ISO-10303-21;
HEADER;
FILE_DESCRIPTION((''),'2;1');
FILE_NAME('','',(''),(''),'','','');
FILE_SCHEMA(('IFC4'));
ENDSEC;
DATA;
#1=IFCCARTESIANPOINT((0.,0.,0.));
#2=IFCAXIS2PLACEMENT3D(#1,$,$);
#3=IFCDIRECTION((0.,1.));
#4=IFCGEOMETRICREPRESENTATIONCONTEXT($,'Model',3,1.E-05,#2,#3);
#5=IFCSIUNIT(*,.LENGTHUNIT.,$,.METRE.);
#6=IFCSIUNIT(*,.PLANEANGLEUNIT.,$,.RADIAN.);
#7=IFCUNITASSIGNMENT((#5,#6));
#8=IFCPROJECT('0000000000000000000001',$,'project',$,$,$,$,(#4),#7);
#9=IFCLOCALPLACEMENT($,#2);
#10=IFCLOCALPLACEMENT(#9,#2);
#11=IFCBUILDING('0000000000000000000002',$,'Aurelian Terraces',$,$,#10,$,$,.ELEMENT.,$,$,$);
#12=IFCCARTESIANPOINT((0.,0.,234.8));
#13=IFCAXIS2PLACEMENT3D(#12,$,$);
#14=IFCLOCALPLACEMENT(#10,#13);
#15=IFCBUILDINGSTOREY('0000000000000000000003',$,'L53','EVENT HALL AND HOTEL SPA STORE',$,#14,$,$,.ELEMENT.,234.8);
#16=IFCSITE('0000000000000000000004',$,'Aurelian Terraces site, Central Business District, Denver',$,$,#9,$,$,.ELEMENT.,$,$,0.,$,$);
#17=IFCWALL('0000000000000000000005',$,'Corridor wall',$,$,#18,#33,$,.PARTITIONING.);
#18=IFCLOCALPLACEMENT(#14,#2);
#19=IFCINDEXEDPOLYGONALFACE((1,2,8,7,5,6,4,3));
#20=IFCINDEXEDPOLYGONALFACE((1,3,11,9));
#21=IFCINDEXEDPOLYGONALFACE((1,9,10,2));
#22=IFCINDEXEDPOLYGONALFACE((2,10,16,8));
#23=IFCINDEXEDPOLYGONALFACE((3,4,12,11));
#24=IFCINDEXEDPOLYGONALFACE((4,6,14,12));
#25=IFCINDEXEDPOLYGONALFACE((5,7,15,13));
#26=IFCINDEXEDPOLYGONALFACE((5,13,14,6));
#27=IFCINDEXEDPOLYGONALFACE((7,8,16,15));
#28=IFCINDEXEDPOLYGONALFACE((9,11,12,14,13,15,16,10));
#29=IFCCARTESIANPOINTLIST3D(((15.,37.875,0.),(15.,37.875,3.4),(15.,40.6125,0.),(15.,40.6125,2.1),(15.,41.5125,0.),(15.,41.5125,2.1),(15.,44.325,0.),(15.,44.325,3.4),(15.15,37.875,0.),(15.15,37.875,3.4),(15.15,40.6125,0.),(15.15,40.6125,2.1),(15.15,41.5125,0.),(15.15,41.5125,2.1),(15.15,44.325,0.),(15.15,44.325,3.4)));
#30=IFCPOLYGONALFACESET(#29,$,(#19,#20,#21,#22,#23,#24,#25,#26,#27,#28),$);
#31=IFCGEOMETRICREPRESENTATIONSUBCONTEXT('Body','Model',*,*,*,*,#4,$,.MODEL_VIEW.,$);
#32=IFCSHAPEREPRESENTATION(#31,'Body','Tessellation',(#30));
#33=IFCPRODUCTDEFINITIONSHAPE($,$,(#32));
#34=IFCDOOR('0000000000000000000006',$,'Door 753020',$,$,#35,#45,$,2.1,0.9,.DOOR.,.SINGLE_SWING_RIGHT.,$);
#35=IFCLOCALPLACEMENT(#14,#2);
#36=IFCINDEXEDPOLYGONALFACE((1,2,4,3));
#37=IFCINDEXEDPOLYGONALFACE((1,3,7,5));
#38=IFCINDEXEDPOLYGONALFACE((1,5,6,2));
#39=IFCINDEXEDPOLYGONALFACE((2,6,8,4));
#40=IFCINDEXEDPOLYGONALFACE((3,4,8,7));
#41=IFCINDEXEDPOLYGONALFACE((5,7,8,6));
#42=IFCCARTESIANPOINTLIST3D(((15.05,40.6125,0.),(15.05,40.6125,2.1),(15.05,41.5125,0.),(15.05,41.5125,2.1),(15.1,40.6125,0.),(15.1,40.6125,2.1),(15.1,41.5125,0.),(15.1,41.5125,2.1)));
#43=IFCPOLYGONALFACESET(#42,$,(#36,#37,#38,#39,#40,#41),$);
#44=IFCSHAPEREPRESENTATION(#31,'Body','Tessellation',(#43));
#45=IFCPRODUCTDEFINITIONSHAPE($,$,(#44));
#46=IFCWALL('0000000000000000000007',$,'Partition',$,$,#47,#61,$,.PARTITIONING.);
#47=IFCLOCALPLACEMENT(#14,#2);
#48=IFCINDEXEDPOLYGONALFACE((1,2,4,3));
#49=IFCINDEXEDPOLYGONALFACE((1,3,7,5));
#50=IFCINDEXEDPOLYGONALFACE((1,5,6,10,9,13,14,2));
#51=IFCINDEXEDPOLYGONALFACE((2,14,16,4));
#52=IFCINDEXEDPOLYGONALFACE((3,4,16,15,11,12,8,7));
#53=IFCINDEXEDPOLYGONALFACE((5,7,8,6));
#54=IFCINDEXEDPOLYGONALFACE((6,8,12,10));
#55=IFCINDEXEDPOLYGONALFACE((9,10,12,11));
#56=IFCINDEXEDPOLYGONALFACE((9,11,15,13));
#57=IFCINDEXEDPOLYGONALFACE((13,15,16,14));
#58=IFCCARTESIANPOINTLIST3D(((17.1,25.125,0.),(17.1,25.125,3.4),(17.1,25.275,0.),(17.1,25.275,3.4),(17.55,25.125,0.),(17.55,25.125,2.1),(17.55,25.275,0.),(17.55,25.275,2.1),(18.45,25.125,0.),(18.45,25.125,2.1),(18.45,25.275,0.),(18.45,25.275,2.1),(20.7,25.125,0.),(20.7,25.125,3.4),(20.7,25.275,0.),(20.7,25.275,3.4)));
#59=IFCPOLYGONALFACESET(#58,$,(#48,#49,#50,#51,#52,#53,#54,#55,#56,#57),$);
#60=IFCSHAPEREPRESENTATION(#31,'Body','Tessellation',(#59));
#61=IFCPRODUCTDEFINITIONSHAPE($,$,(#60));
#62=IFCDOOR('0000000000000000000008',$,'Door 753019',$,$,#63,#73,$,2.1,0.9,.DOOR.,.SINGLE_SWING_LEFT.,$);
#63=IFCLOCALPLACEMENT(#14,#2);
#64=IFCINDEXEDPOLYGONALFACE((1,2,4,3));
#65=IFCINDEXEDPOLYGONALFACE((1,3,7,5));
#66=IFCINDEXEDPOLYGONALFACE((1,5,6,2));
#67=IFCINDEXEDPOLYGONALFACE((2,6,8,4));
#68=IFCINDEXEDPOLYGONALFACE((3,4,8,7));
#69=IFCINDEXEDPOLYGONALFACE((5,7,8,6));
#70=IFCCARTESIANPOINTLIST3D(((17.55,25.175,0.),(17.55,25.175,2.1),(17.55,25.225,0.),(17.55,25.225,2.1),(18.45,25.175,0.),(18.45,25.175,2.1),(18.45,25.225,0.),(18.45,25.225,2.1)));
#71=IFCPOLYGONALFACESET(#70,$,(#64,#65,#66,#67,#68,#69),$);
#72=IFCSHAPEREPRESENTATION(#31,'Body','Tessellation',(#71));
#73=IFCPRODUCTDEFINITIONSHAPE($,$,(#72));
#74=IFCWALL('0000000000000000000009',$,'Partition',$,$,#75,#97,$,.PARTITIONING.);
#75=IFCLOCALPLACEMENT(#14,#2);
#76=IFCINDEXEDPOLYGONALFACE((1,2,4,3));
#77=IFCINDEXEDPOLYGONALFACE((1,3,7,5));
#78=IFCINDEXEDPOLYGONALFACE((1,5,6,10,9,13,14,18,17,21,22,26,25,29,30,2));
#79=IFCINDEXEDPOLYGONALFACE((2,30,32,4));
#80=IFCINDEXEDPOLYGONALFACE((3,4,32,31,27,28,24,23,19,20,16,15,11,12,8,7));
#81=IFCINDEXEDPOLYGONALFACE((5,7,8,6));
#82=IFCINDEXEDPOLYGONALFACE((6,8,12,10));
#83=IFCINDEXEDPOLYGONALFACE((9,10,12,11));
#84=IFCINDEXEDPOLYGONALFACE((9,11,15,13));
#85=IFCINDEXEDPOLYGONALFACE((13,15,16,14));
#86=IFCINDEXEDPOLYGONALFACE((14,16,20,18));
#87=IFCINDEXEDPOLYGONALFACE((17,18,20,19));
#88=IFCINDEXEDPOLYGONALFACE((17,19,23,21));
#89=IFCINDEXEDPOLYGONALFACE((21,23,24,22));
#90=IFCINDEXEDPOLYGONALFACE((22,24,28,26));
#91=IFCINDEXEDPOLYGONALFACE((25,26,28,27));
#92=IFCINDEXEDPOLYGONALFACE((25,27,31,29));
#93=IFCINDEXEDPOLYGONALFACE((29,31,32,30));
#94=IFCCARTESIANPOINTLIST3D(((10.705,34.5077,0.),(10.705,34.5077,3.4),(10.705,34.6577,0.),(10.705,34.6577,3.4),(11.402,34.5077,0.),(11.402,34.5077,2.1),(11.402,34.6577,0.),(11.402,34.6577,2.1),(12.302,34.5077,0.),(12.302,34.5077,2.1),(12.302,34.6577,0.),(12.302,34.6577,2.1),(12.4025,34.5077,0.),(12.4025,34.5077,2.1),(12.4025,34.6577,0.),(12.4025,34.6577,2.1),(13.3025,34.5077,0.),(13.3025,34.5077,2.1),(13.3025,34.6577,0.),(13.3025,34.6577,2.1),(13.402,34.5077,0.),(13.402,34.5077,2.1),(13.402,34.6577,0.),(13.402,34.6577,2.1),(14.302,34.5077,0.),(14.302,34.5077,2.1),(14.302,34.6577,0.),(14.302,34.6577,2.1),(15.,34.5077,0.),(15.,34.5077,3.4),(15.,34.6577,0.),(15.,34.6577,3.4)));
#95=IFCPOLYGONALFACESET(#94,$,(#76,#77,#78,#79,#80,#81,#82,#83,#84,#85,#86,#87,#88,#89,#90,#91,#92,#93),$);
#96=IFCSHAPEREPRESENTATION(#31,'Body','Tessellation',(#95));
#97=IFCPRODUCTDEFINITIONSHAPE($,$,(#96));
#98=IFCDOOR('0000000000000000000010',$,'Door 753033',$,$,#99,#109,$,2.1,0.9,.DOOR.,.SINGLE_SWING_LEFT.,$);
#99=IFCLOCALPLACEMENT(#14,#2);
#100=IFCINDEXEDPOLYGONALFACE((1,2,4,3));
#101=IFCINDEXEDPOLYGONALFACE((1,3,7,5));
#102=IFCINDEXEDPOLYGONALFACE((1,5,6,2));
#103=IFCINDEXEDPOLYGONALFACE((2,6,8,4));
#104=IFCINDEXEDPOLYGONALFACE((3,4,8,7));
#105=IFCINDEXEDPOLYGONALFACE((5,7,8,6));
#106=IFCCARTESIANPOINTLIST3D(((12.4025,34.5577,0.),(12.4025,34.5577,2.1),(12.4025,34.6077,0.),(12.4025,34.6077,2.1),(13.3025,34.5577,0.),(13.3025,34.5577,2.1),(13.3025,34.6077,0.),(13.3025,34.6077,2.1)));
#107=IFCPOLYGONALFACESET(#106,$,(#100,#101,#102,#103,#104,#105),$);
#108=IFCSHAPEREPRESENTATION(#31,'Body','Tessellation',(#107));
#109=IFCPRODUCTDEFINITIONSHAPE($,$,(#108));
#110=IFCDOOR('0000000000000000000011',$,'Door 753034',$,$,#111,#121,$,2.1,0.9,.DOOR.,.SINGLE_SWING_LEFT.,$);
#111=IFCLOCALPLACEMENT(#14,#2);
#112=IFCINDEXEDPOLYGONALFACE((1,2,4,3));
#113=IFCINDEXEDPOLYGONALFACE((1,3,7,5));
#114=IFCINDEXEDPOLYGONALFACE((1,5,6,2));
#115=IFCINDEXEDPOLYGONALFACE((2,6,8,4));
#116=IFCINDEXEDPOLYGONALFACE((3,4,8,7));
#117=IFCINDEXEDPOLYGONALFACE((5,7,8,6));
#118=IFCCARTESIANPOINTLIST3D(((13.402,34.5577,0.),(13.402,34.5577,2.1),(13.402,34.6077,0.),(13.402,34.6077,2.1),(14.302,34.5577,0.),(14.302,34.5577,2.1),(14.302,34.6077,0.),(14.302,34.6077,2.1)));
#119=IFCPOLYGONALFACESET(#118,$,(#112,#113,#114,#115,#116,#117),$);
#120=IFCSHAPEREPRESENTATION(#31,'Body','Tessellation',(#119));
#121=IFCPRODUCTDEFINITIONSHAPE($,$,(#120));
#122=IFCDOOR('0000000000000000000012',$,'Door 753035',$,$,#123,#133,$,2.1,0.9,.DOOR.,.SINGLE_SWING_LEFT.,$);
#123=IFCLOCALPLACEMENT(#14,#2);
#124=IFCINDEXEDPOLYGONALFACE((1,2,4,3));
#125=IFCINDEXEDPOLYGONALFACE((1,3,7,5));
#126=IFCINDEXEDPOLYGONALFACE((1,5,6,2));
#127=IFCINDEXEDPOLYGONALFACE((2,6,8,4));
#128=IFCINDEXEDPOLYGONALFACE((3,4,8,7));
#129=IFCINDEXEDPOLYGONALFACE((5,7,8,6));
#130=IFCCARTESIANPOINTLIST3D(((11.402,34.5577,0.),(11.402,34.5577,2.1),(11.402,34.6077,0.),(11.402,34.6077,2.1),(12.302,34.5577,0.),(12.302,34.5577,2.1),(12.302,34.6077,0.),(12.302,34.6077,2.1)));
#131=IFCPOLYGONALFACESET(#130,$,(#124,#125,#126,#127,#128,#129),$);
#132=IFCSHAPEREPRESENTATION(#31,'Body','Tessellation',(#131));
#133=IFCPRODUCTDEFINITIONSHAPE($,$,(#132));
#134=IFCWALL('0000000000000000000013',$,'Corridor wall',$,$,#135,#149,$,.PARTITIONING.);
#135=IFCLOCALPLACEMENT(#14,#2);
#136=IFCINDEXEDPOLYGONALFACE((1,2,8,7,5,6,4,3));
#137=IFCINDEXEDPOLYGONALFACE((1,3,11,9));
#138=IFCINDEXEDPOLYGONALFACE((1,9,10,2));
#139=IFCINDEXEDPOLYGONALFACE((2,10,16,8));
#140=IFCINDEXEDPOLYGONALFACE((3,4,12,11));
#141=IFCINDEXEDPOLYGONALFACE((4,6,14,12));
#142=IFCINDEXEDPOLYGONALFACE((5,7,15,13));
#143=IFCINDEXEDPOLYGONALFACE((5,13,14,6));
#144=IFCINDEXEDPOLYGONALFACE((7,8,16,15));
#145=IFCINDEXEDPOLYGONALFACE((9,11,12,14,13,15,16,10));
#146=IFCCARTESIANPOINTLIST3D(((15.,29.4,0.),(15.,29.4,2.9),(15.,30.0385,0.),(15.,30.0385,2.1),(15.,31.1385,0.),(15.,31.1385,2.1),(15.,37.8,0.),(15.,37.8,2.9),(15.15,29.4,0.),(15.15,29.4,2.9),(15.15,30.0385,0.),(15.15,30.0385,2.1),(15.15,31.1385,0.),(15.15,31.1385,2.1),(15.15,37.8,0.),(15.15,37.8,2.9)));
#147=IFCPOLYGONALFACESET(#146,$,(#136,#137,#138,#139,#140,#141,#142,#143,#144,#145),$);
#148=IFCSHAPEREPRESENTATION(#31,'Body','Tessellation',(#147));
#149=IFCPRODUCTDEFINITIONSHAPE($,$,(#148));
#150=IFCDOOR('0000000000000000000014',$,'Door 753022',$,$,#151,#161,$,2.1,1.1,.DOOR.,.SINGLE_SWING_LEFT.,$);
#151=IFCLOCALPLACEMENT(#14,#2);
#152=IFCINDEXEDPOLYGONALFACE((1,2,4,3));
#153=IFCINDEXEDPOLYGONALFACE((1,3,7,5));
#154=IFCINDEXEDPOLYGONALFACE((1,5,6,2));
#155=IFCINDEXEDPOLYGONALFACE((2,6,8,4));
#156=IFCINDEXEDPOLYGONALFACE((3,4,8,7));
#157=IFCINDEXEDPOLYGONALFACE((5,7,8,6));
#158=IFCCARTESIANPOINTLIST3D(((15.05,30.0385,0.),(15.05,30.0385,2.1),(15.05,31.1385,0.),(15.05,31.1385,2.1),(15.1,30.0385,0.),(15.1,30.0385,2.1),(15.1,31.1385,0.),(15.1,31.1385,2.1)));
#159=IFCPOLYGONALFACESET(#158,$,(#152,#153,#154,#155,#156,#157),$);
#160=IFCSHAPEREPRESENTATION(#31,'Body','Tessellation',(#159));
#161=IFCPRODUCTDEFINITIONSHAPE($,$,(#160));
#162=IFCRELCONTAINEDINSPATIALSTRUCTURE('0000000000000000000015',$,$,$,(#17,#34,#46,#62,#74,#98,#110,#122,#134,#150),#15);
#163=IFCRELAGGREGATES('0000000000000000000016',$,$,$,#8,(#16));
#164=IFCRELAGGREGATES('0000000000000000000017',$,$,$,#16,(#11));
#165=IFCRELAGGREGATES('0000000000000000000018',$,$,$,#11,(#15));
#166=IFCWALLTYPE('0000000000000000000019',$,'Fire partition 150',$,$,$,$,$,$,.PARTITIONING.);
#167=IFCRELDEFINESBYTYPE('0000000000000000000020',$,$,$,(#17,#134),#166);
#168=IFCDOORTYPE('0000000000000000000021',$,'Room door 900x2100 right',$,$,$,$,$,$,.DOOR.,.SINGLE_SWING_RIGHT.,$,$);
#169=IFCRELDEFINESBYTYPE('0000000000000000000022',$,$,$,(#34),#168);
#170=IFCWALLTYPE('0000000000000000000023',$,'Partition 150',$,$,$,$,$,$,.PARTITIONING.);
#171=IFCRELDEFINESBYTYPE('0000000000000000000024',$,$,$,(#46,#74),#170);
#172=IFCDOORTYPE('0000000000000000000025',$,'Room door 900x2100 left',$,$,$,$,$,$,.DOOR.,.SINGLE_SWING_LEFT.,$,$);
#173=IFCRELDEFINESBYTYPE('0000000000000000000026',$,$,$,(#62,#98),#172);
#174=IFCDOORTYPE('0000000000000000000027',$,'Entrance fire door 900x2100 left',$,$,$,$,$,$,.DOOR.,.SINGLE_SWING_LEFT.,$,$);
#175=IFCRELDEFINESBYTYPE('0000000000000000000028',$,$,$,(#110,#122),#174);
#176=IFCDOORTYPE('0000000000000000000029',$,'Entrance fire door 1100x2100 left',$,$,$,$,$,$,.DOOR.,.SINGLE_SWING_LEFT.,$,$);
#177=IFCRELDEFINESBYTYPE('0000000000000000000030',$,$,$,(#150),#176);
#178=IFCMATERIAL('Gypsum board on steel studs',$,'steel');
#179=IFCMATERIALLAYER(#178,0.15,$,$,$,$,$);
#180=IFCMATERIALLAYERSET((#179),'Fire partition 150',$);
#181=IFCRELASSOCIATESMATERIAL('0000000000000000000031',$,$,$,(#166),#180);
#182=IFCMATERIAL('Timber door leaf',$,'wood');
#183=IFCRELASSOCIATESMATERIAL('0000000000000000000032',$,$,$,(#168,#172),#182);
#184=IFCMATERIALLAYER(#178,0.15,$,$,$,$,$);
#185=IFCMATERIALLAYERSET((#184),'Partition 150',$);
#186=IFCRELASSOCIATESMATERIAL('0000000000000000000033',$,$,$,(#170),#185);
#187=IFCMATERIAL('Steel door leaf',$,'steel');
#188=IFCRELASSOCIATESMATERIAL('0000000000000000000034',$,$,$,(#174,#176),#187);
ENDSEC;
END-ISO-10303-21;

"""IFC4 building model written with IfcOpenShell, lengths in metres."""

from ifc_helpers import new_model, si_unit, direction, frame, frame_2d, origin, place, context, subcontext, project, spatial, rectangle, extrude, source, transform, mapped, material, layer, layer_set, type_object, element, fill, save


model = new_model("IFC4")

# Units and contexts
model_context = context("Model", 3, precision=1e-05, world=origin(), true_north=direction((0.0, 1.0)))
body_context = subcontext(model_context, "Body", "Model", "MODEL_VIEW")
ifc_project = project(units=[si_unit("LENGTHUNIT", "METRE"), si_unit("PLANEANGLEUNIT", "RADIAN")], contexts=[model_context])

# Site, building, storey
site_placement = place(None, origin())
site = spatial("IfcSite", under=ifc_project, at=site_placement, Name="Aurelian Terraces site, Central Business District, Denver", CompositionType="ELEMENT", RefElevation=0.0)
building_placement = place(site_placement, origin())
building = spatial("IfcBuilding", under=site, at=building_placement, Name="Aurelian Terraces", CompositionType="ELEMENT")
storey_placement = place(building_placement, frame((0.0, 0.0, 234.8)))
storey = spatial("IfcBuildingStorey", under=building, at=storey_placement, Name="L53", Description="EVENT HALL AND HOTEL SPA STORE", CompositionType="ELEMENT", Elevation=234.8)

# Walls, openings, doors
ifc_material_1 = material(Name="Gypsum board on steel studs", Category="steel")
ifc_layer_1 = layer(ifc_material_1, 0.15)
ifc_layer_set_1 = layer_set([ifc_layer_1], Name="Fire partition 150")
wall_type_1 = type_object("IfcWallType", Name="Fire partition 150", PredefinedType="PARTITIONING", material=ifc_layer_set_1)
shared_shape_1 = source(origin(), body_context, "Body", "SweptSolid", [
    extrude(rectangle(XDim=6.45, YDim=0.15, at=frame_2d((3.225, 0.0))), origin(), (0.0, 0.0, 1.0), 3.4),
])
wall_1_placement = place(storey_placement, frame((15.075, 37.875, 0.0), z_axis=(0.0, 0.0, 1.0), x_axis=(0.0, 1.0, 0.0)))
wall_1 = element("IfcWall", 1, at=wall_1_placement, inside=storey, type_object=wall_type_1, Name="Corridor wall", PredefinedType="PARTITIONING", context=body_context, shape_type="MappedRepresentation", body=[
    mapped(shared_shape_1, transform((0.0, 0.0, 0.0), scale=1.0)),
])
shared_shape_2 = source(origin(), body_context, "Body", "SweptSolid", [
    extrude(rectangle(XDim=0.9, YDim=2.1, at=frame_2d((0.45, 1.05))), frame((0.0, 0.085, 0.0), z_axis=(0.0, -1.0, 0.0), x_axis=(1.0, 0.0, 0.0)), (0.0, 0.0, 1.0), 0.17),
])
opening_1_placement = place(wall_1_placement, frame((2.7375, 0.0, 0.0)))
opening_1 = element("IfcOpeningElement", 2, at=opening_1_placement, cuts=wall_1, PredefinedType="OPENING", context=body_context, shape_type="MappedRepresentation", body=[
    mapped(shared_shape_2, transform((0.0, 0.0, 0.0), scale=1.0)),
])
ifc_material_2 = material(Name="Timber door leaf", Category="wood")
door_type_1 = type_object("IfcDoorType", Name="Room door 900x2100 right", OperationType="SINGLE_SWING_RIGHT", PredefinedType="DOOR", material=ifc_material_2)
shared_shape_3 = source(origin(), body_context, "Body", "SweptSolid", [
    extrude(rectangle(XDim=0.9, YDim=2.1, at=frame_2d((0.45, 1.05))), frame((0.0, 0.025, 0.0), z_axis=(0.0, -1.0, 0.0), x_axis=(1.0, 0.0, 0.0)), (0.0, 0.0, 1.0), 0.05),
])
door_1_placement = place(opening_1_placement, origin())
door_1 = element("IfcDoor", 3, at=door_1_placement, inside=storey, type_object=door_type_1, Name="Door 753020", OperationType="SINGLE_SWING_RIGHT", OverallHeight=2.1, OverallWidth=0.9, PredefinedType="DOOR", context=body_context, shape_type="MappedRepresentation", body=[
    mapped(shared_shape_3, transform((0.0, 0.0, 0.0), scale=1.0)),
])
fill(opening_1, door_1)
ifc_layer_2 = layer(ifc_material_1, 0.15)
ifc_layer_set_2 = layer_set([ifc_layer_2], Name="Partition 150")
wall_type_2 = type_object("IfcWallType", Name="Partition 150", PredefinedType="PARTITIONING", material=ifc_layer_set_2)
shared_shape_4 = source(origin(), body_context, "Body", "SweptSolid", [
    extrude(rectangle(XDim=3.6, YDim=0.15, at=frame_2d((1.8, 0.0))), origin(), (0.0, 0.0, 1.0), 3.4),
])
wall_2_placement = place(storey_placement, frame((17.1, 25.2, 0.0), z_axis=(0.0, 0.0, 1.0), x_axis=(1.0, 0.0, 0.0)))
wall_2 = element("IfcWall", 4, at=wall_2_placement, inside=storey, type_object=wall_type_2, Name="Partition", PredefinedType="PARTITIONING", context=body_context, shape_type="MappedRepresentation", body=[
    mapped(shared_shape_4, transform((0.0, 0.0, 0.0), scale=1.0)),
])
opening_2_placement = place(wall_2_placement, frame((0.45, 0.0, 0.0)))
opening_2 = element("IfcOpeningElement", 5, at=opening_2_placement, cuts=wall_2, PredefinedType="OPENING", context=body_context, shape_type="MappedRepresentation", body=[
    mapped(shared_shape_2, transform((0.0, 0.0, 0.0), scale=1.0)),
])
door_type_2 = type_object("IfcDoorType", Name="Room door 900x2100 left", OperationType="SINGLE_SWING_LEFT", PredefinedType="DOOR", material=ifc_material_2)
door_2_placement = place(opening_2_placement, origin())
door_2 = element("IfcDoor", 6, at=door_2_placement, inside=storey, type_object=door_type_2, Name="Door 753019", OperationType="SINGLE_SWING_LEFT", OverallHeight=2.1, OverallWidth=0.9, PredefinedType="DOOR", context=body_context, shape_type="MappedRepresentation", body=[
    mapped(shared_shape_3, transform((0.0, 0.0, 0.0), scale=1.0)),
])
fill(opening_2, door_2)

# Wall, openings, doors
shared_shape_5 = source(origin(), body_context, "Body", "SweptSolid", [
    extrude(rectangle(XDim=4.295, YDim=0.15, at=frame_2d((2.1475, 0.0))), origin(), (0.0, 0.0, 1.0), 3.4),
])
wall_3_placement = place(storey_placement, frame((15.0, 34.5827, 0.0), z_axis=(0.0, 0.0, 1.0), x_axis=(-1.0, 0.0, 0.0)))
wall_3 = element("IfcWall", 7, at=wall_3_placement, inside=storey, type_object=wall_type_2, Name="Partition", PredefinedType="PARTITIONING", context=body_context, shape_type="MappedRepresentation", body=[
    mapped(shared_shape_5, transform((0.0, 0.0, 0.0), scale=1.0)),
])
opening_3_placement = place(wall_3_placement, frame((1.6975, 0.0, 0.0)))
opening_3 = element("IfcOpeningElement", 8, at=opening_3_placement, cuts=wall_3, PredefinedType="OPENING", context=body_context, shape_type="MappedRepresentation", body=[
    mapped(shared_shape_2, transform((0.0, 0.0, 0.0), scale=1.0)),
])
opening_4_placement = place(wall_3_placement, frame((0.698, 0.0, 0.0)))
opening_4 = element("IfcOpeningElement", 9, at=opening_4_placement, cuts=wall_3, PredefinedType="OPENING", context=body_context, shape_type="MappedRepresentation", body=[
    mapped(shared_shape_2, transform((0.0, 0.0, 0.0), scale=1.0)),
])
opening_5_placement = place(wall_3_placement, frame((2.698, 0.0, 0.0)))
opening_5 = element("IfcOpeningElement", 10, at=opening_5_placement, cuts=wall_3, PredefinedType="OPENING", context=body_context, shape_type="MappedRepresentation", body=[
    mapped(shared_shape_2, transform((0.0, 0.0, 0.0), scale=1.0)),
])
door_3_placement = place(opening_3_placement, origin())
door_3 = element("IfcDoor", 11, at=door_3_placement, inside=storey, type_object=door_type_2, Name="Door 753033", OperationType="SINGLE_SWING_LEFT", OverallHeight=2.1, OverallWidth=0.9, PredefinedType="DOOR", context=body_context, shape_type="MappedRepresentation", body=[
    mapped(shared_shape_3, transform((0.0, 0.0, 0.0), scale=1.0)),
])
fill(opening_3, door_3)
ifc_material_3 = material(Name="Steel door leaf", Category="steel")
door_type_3 = type_object("IfcDoorType", Name="Entrance fire door 900x2100 left", OperationType="SINGLE_SWING_LEFT", PredefinedType="DOOR", material=ifc_material_3)
door_4_placement = place(opening_4_placement, origin())
door_4 = element("IfcDoor", 12, at=door_4_placement, inside=storey, type_object=door_type_3, Name="Door 753034", OperationType="SINGLE_SWING_LEFT", OverallHeight=2.1, OverallWidth=0.9, PredefinedType="DOOR", context=body_context, shape_type="MappedRepresentation", body=[
    mapped(shared_shape_3, transform((0.0, 0.0, 0.0), scale=1.0)),
])
fill(opening_4, door_4)
door_5_placement = place(opening_5_placement, origin())
door_5 = element("IfcDoor", 13, at=door_5_placement, inside=storey, type_object=door_type_3, Name="Door 753035", OperationType="SINGLE_SWING_LEFT", OverallHeight=2.1, OverallWidth=0.9, PredefinedType="DOOR", context=body_context, shape_type="MappedRepresentation", body=[
    mapped(shared_shape_3, transform((0.0, 0.0, 0.0), scale=1.0)),
])
fill(opening_5, door_5)

# Wall, opening, door
shared_shape_6 = source(origin(), body_context, "Body", "SweptSolid", [
    extrude(rectangle(XDim=8.4, YDim=0.15, at=frame_2d((4.2, 0.0))), origin(), (0.0, 0.0, 1.0), 2.9),
])
wall_4_placement = place(storey_placement, frame((15.075, 29.4, 0.0), z_axis=(0.0, 0.0, 1.0), x_axis=(0.0, 1.0, 0.0)))
wall_4 = element("IfcWall", 14, at=wall_4_placement, inside=storey, type_object=wall_type_1, Name="Corridor wall", PredefinedType="PARTITIONING", context=body_context, shape_type="MappedRepresentation", body=[
    mapped(shared_shape_6, transform((0.0, 0.0, 0.0), scale=1.0)),
])
shared_shape_7 = source(origin(), body_context, "Body", "SweptSolid", [
    extrude(rectangle(XDim=1.1, YDim=2.1, at=frame_2d((0.55, 1.05))), frame((0.0, 0.085, 0.0), z_axis=(0.0, -1.0, 0.0), x_axis=(1.0, 0.0, 0.0)), (0.0, 0.0, 1.0), 0.17),
])
opening_6_placement = place(wall_4_placement, frame((0.6385, 0.0, 0.0)))
opening_6 = element("IfcOpeningElement", 15, at=opening_6_placement, cuts=wall_4, PredefinedType="OPENING", context=body_context, shape_type="MappedRepresentation", body=[
    mapped(shared_shape_7, transform((0.0, 0.0, 0.0), scale=1.0)),
])
door_type_4 = type_object("IfcDoorType", Name="Entrance fire door 1100x2100 left", OperationType="SINGLE_SWING_LEFT", PredefinedType="DOOR", material=ifc_material_3)
shared_shape_8 = source(origin(), body_context, "Body", "SweptSolid", [
    extrude(rectangle(XDim=1.1, YDim=2.1, at=frame_2d((0.55, 1.05))), frame((0.0, 0.025, 0.0), z_axis=(0.0, -1.0, 0.0), x_axis=(1.0, 0.0, 0.0)), (0.0, 0.0, 1.0), 0.05),
])
door_6_placement = place(opening_6_placement, origin())
door_6 = element("IfcDoor", 16, at=door_6_placement, inside=storey, type_object=door_type_4, Name="Door 753022", OperationType="SINGLE_SWING_LEFT", OverallHeight=2.1, OverallWidth=1.1, PredefinedType="DOOR", context=body_context, shape_type="MappedRepresentation", body=[
    mapped(shared_shape_8, transform((0.0, 0.0, 0.0), scale=1.0)),
])
fill(opening_6, door_6)

save(model, "model.ifc")
